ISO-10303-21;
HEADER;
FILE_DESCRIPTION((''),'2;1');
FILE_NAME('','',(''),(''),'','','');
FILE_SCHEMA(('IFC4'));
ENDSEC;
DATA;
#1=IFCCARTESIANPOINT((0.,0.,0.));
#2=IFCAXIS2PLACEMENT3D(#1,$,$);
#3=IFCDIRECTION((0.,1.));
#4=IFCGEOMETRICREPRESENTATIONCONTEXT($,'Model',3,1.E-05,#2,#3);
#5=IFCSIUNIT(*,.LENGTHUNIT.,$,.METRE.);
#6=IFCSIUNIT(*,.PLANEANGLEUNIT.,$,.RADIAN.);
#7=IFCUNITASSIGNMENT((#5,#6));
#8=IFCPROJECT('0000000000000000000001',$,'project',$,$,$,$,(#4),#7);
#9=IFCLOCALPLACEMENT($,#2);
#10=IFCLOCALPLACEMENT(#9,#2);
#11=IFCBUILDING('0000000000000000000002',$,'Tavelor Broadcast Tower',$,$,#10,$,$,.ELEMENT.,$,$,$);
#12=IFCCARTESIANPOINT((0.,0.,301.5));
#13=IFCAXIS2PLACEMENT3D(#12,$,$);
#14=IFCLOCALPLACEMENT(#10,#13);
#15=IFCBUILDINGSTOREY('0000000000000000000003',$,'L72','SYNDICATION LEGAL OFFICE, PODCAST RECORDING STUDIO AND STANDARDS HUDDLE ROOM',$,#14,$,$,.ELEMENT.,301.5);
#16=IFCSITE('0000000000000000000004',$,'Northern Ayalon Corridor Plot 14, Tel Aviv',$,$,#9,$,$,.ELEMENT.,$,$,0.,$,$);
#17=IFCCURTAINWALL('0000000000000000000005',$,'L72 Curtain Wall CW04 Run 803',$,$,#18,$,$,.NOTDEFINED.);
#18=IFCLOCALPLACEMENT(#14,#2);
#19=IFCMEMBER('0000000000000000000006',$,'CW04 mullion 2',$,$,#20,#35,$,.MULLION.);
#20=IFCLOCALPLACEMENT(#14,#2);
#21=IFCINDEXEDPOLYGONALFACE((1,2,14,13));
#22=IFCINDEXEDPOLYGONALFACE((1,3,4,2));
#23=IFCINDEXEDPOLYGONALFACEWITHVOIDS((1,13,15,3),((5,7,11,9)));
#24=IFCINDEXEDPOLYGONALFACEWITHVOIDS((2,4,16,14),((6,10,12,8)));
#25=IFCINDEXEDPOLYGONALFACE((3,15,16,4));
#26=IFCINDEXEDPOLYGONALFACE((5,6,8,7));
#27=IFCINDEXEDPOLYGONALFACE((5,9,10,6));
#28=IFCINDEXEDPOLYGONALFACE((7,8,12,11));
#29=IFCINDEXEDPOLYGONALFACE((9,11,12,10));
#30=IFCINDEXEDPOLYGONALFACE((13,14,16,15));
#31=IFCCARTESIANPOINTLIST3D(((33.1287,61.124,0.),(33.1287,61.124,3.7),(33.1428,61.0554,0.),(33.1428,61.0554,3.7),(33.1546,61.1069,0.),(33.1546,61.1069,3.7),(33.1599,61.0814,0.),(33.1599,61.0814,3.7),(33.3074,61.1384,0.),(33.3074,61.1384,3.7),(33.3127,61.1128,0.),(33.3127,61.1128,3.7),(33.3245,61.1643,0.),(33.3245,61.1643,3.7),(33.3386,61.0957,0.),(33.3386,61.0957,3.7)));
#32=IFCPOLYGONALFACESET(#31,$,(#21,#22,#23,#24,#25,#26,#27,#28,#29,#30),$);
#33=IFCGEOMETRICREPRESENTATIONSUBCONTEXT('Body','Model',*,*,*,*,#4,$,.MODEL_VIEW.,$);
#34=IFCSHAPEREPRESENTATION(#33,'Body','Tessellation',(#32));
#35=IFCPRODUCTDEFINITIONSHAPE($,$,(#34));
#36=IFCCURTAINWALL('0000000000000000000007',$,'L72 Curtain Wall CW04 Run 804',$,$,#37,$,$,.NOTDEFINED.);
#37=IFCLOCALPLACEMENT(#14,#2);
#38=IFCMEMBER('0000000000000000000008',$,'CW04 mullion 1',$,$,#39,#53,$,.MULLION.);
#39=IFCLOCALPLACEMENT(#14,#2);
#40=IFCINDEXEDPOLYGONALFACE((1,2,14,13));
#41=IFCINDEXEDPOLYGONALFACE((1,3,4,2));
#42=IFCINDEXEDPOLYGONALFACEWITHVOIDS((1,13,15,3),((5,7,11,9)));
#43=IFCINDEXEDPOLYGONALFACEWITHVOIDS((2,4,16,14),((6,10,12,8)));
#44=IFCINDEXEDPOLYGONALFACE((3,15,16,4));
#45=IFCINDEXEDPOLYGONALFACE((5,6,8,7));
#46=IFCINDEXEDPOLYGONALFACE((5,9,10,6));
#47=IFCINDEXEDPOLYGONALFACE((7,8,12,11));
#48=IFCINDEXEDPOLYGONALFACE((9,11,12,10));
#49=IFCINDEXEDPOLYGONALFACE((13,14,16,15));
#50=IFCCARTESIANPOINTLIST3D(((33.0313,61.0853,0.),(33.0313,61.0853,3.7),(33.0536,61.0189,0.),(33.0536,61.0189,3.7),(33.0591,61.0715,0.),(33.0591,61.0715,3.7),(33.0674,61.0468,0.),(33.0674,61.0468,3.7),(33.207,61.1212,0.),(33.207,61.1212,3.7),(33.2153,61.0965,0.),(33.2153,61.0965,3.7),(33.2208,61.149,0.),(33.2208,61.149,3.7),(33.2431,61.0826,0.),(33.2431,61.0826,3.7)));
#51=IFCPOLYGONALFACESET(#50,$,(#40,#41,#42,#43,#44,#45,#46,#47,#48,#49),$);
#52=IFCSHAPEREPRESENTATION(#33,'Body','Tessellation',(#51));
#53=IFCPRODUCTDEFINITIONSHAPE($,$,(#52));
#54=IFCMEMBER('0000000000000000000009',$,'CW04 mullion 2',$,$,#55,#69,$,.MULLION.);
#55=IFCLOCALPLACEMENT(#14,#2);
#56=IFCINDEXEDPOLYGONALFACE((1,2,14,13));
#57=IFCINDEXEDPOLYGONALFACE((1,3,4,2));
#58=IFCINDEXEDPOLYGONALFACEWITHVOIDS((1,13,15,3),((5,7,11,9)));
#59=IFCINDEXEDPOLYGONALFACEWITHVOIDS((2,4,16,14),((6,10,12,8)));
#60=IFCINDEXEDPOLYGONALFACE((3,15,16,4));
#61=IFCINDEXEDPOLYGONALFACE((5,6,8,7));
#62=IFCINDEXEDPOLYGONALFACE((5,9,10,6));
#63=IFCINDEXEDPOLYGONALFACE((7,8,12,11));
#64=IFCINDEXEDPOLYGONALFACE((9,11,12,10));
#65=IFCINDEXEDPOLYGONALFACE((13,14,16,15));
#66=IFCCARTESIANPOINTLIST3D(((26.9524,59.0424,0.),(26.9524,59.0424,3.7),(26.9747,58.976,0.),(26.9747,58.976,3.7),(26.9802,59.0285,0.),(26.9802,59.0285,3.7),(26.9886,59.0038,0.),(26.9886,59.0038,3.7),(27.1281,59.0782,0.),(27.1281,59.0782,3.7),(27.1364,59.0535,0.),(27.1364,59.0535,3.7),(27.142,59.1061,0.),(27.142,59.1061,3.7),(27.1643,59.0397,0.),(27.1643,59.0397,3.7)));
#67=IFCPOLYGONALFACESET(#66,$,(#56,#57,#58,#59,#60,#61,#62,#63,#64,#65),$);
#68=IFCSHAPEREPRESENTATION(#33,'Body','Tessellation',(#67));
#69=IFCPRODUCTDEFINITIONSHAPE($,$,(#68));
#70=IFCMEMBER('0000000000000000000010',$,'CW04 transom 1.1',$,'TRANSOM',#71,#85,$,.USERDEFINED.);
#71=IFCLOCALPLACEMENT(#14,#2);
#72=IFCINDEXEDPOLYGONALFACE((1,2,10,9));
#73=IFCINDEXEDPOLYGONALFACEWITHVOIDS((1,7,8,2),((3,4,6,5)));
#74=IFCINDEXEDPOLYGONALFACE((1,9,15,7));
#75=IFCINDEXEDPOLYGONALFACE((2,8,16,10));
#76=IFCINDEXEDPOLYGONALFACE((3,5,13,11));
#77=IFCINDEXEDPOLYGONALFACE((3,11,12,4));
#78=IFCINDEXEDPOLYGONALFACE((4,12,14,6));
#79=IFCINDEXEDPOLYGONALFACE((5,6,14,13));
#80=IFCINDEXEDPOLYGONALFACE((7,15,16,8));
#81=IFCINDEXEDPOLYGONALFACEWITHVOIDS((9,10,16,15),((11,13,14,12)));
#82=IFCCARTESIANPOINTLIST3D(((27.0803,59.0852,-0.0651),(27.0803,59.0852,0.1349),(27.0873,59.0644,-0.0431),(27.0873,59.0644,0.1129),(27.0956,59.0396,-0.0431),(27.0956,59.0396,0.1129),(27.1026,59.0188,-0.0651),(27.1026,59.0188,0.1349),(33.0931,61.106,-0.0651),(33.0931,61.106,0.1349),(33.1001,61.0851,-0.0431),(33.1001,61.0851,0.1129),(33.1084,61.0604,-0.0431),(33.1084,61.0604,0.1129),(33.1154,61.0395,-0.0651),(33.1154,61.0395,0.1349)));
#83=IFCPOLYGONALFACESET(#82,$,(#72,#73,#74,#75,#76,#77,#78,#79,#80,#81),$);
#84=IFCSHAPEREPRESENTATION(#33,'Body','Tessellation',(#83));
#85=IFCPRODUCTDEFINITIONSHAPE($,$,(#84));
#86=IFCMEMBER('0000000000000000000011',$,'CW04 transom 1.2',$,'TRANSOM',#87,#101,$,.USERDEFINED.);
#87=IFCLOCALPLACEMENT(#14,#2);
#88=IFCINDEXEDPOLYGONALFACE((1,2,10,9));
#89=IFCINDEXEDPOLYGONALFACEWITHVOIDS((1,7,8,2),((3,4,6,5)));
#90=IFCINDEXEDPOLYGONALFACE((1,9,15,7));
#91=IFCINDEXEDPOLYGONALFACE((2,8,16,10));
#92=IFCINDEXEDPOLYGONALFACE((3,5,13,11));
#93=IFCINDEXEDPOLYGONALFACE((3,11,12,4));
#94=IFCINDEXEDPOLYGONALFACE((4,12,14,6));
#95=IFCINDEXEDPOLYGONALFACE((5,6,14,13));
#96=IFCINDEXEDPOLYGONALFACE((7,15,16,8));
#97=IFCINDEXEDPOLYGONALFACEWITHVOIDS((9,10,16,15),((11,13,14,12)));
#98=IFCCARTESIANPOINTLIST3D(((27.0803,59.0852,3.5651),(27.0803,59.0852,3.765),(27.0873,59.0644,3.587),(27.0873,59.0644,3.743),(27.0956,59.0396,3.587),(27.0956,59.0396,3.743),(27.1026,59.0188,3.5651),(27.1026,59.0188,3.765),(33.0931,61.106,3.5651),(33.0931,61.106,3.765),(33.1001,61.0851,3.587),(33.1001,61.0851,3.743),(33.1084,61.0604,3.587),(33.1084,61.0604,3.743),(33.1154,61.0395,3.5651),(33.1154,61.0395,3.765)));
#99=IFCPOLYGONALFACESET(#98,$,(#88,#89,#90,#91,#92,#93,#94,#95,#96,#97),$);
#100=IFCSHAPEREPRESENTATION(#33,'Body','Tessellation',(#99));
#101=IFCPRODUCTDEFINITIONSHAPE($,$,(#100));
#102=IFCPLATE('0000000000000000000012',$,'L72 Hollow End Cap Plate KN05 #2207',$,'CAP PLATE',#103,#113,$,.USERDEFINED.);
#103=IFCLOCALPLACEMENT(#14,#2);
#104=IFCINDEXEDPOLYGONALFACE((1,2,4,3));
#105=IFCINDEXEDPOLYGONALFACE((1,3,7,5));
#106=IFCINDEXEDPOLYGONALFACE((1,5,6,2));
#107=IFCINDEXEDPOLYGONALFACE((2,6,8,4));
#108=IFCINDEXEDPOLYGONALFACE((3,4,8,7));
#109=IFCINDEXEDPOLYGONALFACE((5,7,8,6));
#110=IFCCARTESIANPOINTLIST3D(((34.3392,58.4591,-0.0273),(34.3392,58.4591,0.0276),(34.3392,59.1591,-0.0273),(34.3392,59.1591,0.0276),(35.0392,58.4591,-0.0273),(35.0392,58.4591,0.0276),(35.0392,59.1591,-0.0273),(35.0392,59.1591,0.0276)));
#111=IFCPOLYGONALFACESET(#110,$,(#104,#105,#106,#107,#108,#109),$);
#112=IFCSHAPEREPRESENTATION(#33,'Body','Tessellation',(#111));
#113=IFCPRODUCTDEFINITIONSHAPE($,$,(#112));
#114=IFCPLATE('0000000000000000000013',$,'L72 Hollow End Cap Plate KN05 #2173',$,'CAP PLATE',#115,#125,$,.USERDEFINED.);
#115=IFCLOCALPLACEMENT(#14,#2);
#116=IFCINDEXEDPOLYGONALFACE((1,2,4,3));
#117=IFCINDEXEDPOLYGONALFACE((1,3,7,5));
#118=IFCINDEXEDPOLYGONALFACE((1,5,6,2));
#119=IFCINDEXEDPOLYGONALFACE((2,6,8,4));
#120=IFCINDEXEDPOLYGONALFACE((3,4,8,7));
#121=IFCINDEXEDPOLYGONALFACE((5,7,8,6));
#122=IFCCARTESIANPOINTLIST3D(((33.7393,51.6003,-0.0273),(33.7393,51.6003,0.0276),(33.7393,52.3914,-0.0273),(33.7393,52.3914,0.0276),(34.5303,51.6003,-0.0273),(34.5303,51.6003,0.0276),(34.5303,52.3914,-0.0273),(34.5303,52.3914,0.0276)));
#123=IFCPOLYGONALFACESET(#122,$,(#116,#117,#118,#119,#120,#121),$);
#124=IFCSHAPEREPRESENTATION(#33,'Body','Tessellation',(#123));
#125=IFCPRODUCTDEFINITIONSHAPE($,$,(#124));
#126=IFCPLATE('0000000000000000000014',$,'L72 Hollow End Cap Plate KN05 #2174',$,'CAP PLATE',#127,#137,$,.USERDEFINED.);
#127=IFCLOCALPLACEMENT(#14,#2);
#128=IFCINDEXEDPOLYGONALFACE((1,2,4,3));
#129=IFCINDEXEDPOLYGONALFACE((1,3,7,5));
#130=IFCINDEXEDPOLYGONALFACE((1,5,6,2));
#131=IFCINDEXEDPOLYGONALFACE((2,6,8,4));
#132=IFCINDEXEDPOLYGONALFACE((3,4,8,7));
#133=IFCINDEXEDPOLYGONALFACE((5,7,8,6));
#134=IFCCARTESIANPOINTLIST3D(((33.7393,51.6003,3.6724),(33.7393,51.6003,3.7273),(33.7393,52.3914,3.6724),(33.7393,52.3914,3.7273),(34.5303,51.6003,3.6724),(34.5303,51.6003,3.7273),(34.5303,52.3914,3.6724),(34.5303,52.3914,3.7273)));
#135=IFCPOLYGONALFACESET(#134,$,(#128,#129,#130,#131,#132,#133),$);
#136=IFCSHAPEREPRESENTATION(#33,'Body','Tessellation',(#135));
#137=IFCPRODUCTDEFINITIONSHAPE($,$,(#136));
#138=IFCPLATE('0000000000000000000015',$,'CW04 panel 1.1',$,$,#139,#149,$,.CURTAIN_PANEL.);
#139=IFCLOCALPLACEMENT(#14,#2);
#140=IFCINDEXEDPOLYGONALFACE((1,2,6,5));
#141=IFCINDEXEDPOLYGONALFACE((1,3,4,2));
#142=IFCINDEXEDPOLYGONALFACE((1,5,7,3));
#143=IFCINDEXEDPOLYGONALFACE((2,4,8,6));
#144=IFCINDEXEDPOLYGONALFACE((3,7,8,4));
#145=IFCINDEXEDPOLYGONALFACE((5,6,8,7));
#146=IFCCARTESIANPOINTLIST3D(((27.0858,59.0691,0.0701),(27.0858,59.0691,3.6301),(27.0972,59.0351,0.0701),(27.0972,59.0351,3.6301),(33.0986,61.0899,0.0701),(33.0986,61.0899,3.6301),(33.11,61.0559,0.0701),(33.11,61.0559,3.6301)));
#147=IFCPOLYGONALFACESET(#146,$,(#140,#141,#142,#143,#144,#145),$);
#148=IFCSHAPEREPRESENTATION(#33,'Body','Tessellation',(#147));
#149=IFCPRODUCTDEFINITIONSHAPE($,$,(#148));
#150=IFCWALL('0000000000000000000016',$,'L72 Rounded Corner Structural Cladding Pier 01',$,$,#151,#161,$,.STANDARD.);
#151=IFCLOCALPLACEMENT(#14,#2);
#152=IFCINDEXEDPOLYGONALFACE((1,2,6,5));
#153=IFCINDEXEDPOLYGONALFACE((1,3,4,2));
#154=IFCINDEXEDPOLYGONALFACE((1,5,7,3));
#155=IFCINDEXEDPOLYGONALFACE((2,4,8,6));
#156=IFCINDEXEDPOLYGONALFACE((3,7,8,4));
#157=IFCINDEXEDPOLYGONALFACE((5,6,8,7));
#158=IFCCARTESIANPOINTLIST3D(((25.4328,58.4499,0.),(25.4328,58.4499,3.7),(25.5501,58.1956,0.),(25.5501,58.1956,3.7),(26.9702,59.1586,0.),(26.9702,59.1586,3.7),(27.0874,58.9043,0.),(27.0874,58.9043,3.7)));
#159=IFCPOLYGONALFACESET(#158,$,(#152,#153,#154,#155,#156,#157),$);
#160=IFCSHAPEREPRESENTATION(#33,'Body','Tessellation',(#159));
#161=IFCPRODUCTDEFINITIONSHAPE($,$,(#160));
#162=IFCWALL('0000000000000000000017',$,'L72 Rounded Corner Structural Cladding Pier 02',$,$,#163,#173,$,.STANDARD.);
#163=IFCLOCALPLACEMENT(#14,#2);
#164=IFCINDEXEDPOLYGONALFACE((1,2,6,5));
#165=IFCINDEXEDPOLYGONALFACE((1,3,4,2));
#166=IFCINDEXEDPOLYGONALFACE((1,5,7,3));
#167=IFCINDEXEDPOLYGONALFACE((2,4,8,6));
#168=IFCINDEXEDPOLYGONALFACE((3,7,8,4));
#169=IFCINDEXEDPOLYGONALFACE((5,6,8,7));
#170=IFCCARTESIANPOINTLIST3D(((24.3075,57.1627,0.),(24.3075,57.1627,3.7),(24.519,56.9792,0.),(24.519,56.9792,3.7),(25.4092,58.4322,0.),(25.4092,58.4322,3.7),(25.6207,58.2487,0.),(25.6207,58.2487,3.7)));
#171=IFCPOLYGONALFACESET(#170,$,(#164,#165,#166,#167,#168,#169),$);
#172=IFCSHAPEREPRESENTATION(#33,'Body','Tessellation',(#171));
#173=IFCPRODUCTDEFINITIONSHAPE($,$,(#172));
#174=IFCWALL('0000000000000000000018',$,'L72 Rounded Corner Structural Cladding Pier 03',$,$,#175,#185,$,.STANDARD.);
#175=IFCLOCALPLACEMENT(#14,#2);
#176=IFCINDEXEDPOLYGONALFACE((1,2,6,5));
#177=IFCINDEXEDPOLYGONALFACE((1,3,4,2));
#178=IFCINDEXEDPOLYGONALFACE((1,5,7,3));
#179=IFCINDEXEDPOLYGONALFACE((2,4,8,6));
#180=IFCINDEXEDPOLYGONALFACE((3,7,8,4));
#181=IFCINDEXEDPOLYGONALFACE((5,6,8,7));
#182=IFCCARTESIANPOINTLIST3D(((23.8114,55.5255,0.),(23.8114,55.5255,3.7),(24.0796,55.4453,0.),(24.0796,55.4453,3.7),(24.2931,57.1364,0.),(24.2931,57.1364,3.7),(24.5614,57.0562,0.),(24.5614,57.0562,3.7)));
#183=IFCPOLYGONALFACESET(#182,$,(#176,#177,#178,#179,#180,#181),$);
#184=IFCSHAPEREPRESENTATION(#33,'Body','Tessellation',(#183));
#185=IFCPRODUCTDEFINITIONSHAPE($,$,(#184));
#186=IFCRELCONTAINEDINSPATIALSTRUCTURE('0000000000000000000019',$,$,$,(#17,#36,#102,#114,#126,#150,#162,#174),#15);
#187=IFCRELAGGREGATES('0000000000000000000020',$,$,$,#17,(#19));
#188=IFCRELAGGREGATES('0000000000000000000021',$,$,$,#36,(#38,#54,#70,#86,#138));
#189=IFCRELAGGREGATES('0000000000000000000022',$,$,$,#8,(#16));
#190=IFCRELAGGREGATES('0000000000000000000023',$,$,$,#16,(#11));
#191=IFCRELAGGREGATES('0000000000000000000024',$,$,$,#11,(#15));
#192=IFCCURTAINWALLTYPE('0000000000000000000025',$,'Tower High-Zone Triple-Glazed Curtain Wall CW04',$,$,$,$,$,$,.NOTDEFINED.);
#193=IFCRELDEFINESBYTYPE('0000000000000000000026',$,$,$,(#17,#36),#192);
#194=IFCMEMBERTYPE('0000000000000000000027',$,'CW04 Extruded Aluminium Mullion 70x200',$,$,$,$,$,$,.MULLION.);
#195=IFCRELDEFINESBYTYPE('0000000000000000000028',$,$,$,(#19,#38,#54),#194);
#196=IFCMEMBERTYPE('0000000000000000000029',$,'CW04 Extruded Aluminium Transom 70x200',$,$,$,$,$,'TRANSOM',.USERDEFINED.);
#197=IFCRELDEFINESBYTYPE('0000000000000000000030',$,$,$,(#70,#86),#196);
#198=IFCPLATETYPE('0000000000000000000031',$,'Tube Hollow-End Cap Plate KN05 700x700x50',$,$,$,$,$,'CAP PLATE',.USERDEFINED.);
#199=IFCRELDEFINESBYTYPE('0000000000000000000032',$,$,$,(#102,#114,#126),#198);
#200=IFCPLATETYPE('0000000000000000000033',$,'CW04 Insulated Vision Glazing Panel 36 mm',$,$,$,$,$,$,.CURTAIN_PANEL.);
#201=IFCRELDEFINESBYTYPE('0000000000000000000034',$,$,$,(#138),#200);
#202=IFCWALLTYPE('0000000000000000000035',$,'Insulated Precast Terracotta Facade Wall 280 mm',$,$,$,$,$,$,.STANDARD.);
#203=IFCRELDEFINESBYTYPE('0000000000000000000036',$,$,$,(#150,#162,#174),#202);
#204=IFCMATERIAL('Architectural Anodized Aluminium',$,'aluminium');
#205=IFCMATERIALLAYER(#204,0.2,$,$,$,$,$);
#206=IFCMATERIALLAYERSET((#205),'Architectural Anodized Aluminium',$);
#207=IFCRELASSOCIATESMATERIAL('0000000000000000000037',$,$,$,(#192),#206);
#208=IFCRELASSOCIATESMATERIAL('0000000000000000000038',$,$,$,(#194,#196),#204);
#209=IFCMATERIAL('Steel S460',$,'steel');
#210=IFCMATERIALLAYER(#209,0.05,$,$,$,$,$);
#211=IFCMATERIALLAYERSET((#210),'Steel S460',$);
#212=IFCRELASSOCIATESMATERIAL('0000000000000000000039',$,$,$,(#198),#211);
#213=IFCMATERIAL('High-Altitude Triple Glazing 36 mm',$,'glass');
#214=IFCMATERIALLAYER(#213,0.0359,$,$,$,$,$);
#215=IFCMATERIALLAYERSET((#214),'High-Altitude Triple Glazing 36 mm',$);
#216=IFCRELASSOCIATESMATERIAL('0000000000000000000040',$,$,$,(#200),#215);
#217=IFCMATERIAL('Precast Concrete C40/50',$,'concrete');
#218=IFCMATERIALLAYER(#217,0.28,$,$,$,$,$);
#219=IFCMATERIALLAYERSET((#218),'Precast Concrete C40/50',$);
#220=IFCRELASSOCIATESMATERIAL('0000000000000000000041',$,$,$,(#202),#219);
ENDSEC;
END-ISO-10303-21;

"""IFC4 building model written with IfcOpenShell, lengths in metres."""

from ifc_helpers import new_model, si_unit, direction, frame, frame_2d, origin, origin_2d, place, context, subcontext, project, spatial, rectangle, hollow_rectangle, extrude, source, transform, mapped, material, layer, layer_set, material_profile, profile_set, type_object, type_shapes, element, aggregate, save


model = new_model("IFC4")

# Units and contexts
model_context = context("Model", 3, precision=1e-05, world=origin(), true_north=direction((0.0, 1.0)))
body_context = subcontext(model_context, "Body", "Model", "MODEL_VIEW")
ifc_project = project(units=[si_unit("LENGTHUNIT", "METRE"), si_unit("PLANEANGLEUNIT", "RADIAN")], contexts=[model_context])

# Site, building, storey
site_placement = place(None, origin())
site = spatial("IfcSite", under=ifc_project, at=site_placement, Name="Northern Ayalon Corridor Plot 14, Tel Aviv", CompositionType="ELEMENT", RefElevation=0.0)
building_placement = place(site_placement, origin())
building = spatial("IfcBuilding", under=site, at=building_placement, Name="Tavelor Broadcast Tower", CompositionType="ELEMENT")
storey_placement = place(building_placement, frame((0.0, 0.0, 301.5)))
storey = spatial("IfcBuildingStorey", under=building, at=storey_placement, Name="L72", Description="SYNDICATION LEGAL OFFICE, PODCAST RECORDING STUDIO AND STANDARDS HUDDLE ROOM", CompositionType="ELEMENT", Elevation=301.5)

# Shared definitions
ifc_material_1 = material(Name="Steel S460", Category="steel")

# Curtain wall, member
ifc_material_2 = material(Name="Architectural Anodized Aluminium", Category="aluminium")
ifc_layer_1 = layer(ifc_material_2, 0.2)
ifc_layer_set_1 = layer_set([ifc_layer_1], Name="Architectural Anodized Aluminium")
curtain_wall_type = type_object("IfcCurtainWallType", Name="Tower High-Zone Triple-Glazed Curtain Wall CW04", PredefinedType="NOTDEFINED", material=ifc_layer_set_1)
curtain_wall_1_placement = place(storey_placement, origin())
curtain_wall_1 = element("IfcCurtainWall", 1, at=curtain_wall_1_placement, inside=storey, type_object=curtain_wall_type, Name="L72 Curtain Wall CW04 Run 803", PredefinedType="NOTDEFINED")
ifc_material_profile_1 = material_profile(ifc_material_2, hollow_rectangle(XDim=0.0701, YDim=0.2, WallThickness=0.022, at=origin_2d()), Name="RHS 70x200x22")
ifc_profile_set_1 = profile_set([ifc_material_profile_1], Name="Architectural Anodized Aluminium")
member_type_1 = type_object("IfcMemberType", Name="CW04 Extruded Aluminium Mullion 70x200", PredefinedType="MULLION", material=ifc_profile_set_1)
shared_shape_1 = source(origin(), body_context, "Body", "SweptSolid", [
    extrude(hollow_rectangle(XDim=0.0701, YDim=0.2, WallThickness=0.022, at=origin_2d()), origin(), (0.0, 0.0, 1.0), 3.7),
])
type_shapes(member_type_1, [shared_shape_1])
member_1_placement = place(storey_placement, frame((33.2336, 61.1099, 0.0), z_axis=(0.0, 0.0, 1.0), x_axis=(0.201522, -0.979484, 0.0)))
member_1 = element("IfcMember", 2, at=member_1_placement, type_object=member_type_1, Name="CW04 mullion 2", PredefinedType="MULLION", context=body_context, shape_type="MappedRepresentation", body=[
    mapped(shared_shape_1, transform((0.0, 0.0, 0.0), scale=1.0)),
])
aggregate(curtain_wall_1, [member_1])

# Curtain wall, members
curtain_wall_2_placement = place(storey_placement, origin())
curtain_wall_2 = element("IfcCurtainWall", 3, at=curtain_wall_2_placement, inside=storey, type_object=curtain_wall_type, Name="L72 Curtain Wall CW04 Run 804", PredefinedType="NOTDEFINED")
member_2_placement = place(storey_placement, frame((33.1372, 61.084, 0.0), z_axis=(0.0, 0.0, 1.0), x_axis=(0.318564, -0.947901, 0.0)))
member_2 = element("IfcMember", 4, at=member_2_placement, type_object=member_type_1, Name="CW04 mullion 1", PredefinedType="MULLION", context=body_context, shape_type="MappedRepresentation", body=[
    mapped(shared_shape_1, transform((0.0, 0.0, 0.0), scale=1.0)),
])
member_3_placement = place(storey_placement, frame((27.0583, 59.041, 0.0), z_axis=(0.0, 0.0, 1.0), x_axis=(0.318564, -0.947901, 0.0)))
member_3 = element("IfcMember", 5, at=member_3_placement, type_object=member_type_1, Name="CW04 mullion 2", PredefinedType="MULLION", context=body_context, shape_type="MappedRepresentation", body=[
    mapped(shared_shape_1, transform((0.0, 0.0, 0.0), scale=1.0)),
])
ifc_material_profile_2 = material_profile(ifc_material_2, hollow_rectangle(XDim=0.0701, YDim=0.2, WallThickness=0.022, at=origin_2d()), Name="RHS 70x200x22")
ifc_profile_set_2 = profile_set([ifc_material_profile_2], Name="Architectural Anodized Aluminium")
member_type_2 = type_object("IfcMemberType", Name="CW04 Extruded Aluminium Transom 70x200", ElementType="TRANSOM", PredefinedType="USERDEFINED", material=ifc_profile_set_2)
shared_shape_2 = source(origin(), body_context, "Body", "SweptSolid", [
    extrude(hollow_rectangle(XDim=0.0701, YDim=0.2, WallThickness=0.022, at=origin_2d()), origin(), (0.0, 0.0, 1.0), 6.3433),
])
type_shapes(member_type_2, [shared_shape_2])
member_4_placement = place(storey_placement, frame((33.1042, 61.0728, 0.0349), z_axis=(-0.947899, -0.318571, 0.0), x_axis=(0.318571, -0.947899, 0.0)))
member_4 = element("IfcMember", 6, at=member_4_placement, type_object=member_type_2, Name="CW04 transom 1.1", ObjectType="TRANSOM", PredefinedType="USERDEFINED", context=body_context, shape_type="MappedRepresentation", body=[
    mapped(shared_shape_2, transform((0.0, 0.0, 0.0), scale=1.0)),
])
member_5_placement = place(storey_placement, frame((33.1042, 61.0728, 3.665), z_axis=(-0.947899, -0.318571, 0.0), x_axis=(0.318571, -0.947899, 0.0)))
member_5 = element("IfcMember", 7, at=member_5_placement, type_object=member_type_2, Name="CW04 transom 1.2", ObjectType="TRANSOM", PredefinedType="USERDEFINED", context=body_context, shape_type="MappedRepresentation", body=[
    mapped(shared_shape_2, transform((0.0, 0.0, 0.0), scale=1.0)),
])

# Plates
ifc_layer_2 = layer(ifc_material_1, 0.05)
ifc_layer_set_2 = layer_set([ifc_layer_2], Name="Steel S460")
plate_type_1 = type_object("IfcPlateType", Name="Tube Hollow-End Cap Plate KN05 700x700x50", ElementType="CAP PLATE", PredefinedType="USERDEFINED", material=ifc_layer_set_2)
shared_shape_3 = source(origin(), body_context, "Body", "SweptSolid", [
    extrude(rectangle(XDim=0.7, YDim=0.7, at=origin_2d()), origin(), (0.0, 0.0, 1.0), 0.0549),
])
plate_1_placement = place(storey_placement, frame((34.6892, 58.8091, -0.0273), z_axis=(0.0, 0.0, 1.0), x_axis=(1.0, 0.0, 0.0)))
element("IfcPlate", 8, at=plate_1_placement, inside=storey, type_object=plate_type_1, Name="L72 Hollow End Cap Plate KN05 #2207", ObjectType="CAP PLATE", PredefinedType="USERDEFINED", context=body_context, shape_type="MappedRepresentation", body=[
    mapped(shared_shape_3, transform((0.0, 0.0, 0.0), scale=1.0)),
])
shared_shape_4 = source(origin(), body_context, "Body", "SweptSolid", [
    extrude(rectangle(XDim=0.791, YDim=0.791, at=origin_2d()), origin(), (0.0, 0.0, 1.0), 0.0549),
])
type_shapes(plate_type_1, [shared_shape_3, shared_shape_4])
for number, where, z_axis, x_axis, name in (
    (9, (34.1348, 51.9958, -0.0273), (0.0, 0.0, 1.0), (1.0, 0.0, 0.0), "L72 Hollow End Cap Plate KN05 #2173"),
    (10, (34.1348, 51.9958, 3.6724), (0.0, 0.0, 1.0), (1.0, 0.0, 0.0), "L72 Hollow End Cap Plate KN05 #2174"),
):
    element("IfcPlate", number, at=place(storey_placement, frame(where, z_axis=z_axis, x_axis=x_axis)), inside=storey, type_object=plate_type_1, Name=name, ObjectType="CAP PLATE", PredefinedType="USERDEFINED", context=body_context, shape_type="MappedRepresentation", body=[
        mapped(shared_shape_4, transform((0.0, 0.0, 0.0), scale=1.0)),
    ])

# Plate
ifc_material_3 = material(Name="High-Altitude Triple Glazing 36 mm", Category="glass")
ifc_layer_3 = layer(ifc_material_3, 0.0359)
ifc_layer_set_3 = layer_set([ifc_layer_3], Name="High-Altitude Triple Glazing 36 mm")
plate_type_2 = type_object("IfcPlateType", Name="CW04 Insulated Vision Glazing Panel 36 mm", PredefinedType="CURTAIN_PANEL", material=ifc_layer_set_3)
shared_shape_5 = source(origin(), body_context, "Body", "SweptSolid", [
    extrude(rectangle(XDim=6.3433, YDim=0.0359, at=origin_2d()), origin(), (0.0, 0.0, 1.0), 3.5601),
])
type_shapes(plate_type_2, [shared_shape_5])
plate_2_placement = place(storey_placement, frame((30.0979, 60.0625, 0.0701), z_axis=(0.0, 0.0, 1.0), x_axis=(-0.947901, -0.318564, 0.0)))
plate_2 = element("IfcPlate", 11, at=plate_2_placement, type_object=plate_type_2, Name="CW04 panel 1.1", PredefinedType="CURTAIN_PANEL", context=body_context, shape_type="MappedRepresentation", body=[
    mapped(shared_shape_5, transform((0.0, 0.0, 0.0), scale=1.0)),
])
aggregate(curtain_wall_2, [member_2, member_3, member_4, member_5, plate_2])

# Walls
ifc_material_4 = material(Name="Precast Concrete C40/50", Category="concrete")
ifc_layer_4 = layer(ifc_material_4, 0.28)
ifc_layer_set_4 = layer_set([ifc_layer_4], Name="Precast Concrete C40/50")
wall_type_1 = type_object("IfcWallType", Name="Insulated Precast Terracotta Facade Wall 280 mm", PredefinedType="STANDARD", material=ifc_layer_set_4)
wall_1_placement = place(storey_placement, frame((27.0288, 59.0315, 0.0), z_axis=(0.0, 0.0, 1.0), x_axis=(-0.908141, -0.418665, 0.0)))
element("IfcWall", 12, at=wall_1_placement, inside=storey, type_object=wall_type_1, Name="L72 Rounded Corner Structural Cladding Pier 01", PredefinedType="STANDARD", context=body_context, shape_type="SweptSolid", body=[
    extrude(rectangle(XDim=1.6929, YDim=0.28, at=frame_2d((0.8464, 0.0))), origin(), (0.0, 0.0, 1.0), 3.7),
])
wall_2_placement = place(storey_placement, frame((25.5149, 58.3403, 0.0), z_axis=(0.0, 0.0, 1.0), x_axis=(-0.655456, -0.755234, 0.0)))
element("IfcWall", 13, at=wall_2_placement, inside=storey, type_object=wall_type_1, Name="L72 Rounded Corner Structural Cladding Pier 02", PredefinedType="STANDARD", context=body_context, shape_type="SweptSolid", body=[
    extrude(rectangle(XDim=1.6809, YDim=0.28, at=frame_2d((0.8403, 0.0))), origin(), (0.0, 0.0, 1.0), 3.7),
])
wall_3_placement = place(storey_placement, frame((24.4272, 57.0964, 0.0), z_axis=(0.0, 0.0, 1.0), x_axis=(-0.286495, -0.958082, 0.0)))
element("IfcWall", 14, at=wall_3_placement, inside=storey, type_object=wall_type_1, Name="L72 Rounded Corner Structural Cladding Pier 03", PredefinedType="STANDARD", context=body_context, shape_type="SweptSolid", body=[
    extrude(rectangle(XDim=1.6814, YDim=0.28, at=frame_2d((0.8408, 0.0))), origin(), (0.0, 0.0, 1.0), 3.7),
])

save(model, "model.ifc")
